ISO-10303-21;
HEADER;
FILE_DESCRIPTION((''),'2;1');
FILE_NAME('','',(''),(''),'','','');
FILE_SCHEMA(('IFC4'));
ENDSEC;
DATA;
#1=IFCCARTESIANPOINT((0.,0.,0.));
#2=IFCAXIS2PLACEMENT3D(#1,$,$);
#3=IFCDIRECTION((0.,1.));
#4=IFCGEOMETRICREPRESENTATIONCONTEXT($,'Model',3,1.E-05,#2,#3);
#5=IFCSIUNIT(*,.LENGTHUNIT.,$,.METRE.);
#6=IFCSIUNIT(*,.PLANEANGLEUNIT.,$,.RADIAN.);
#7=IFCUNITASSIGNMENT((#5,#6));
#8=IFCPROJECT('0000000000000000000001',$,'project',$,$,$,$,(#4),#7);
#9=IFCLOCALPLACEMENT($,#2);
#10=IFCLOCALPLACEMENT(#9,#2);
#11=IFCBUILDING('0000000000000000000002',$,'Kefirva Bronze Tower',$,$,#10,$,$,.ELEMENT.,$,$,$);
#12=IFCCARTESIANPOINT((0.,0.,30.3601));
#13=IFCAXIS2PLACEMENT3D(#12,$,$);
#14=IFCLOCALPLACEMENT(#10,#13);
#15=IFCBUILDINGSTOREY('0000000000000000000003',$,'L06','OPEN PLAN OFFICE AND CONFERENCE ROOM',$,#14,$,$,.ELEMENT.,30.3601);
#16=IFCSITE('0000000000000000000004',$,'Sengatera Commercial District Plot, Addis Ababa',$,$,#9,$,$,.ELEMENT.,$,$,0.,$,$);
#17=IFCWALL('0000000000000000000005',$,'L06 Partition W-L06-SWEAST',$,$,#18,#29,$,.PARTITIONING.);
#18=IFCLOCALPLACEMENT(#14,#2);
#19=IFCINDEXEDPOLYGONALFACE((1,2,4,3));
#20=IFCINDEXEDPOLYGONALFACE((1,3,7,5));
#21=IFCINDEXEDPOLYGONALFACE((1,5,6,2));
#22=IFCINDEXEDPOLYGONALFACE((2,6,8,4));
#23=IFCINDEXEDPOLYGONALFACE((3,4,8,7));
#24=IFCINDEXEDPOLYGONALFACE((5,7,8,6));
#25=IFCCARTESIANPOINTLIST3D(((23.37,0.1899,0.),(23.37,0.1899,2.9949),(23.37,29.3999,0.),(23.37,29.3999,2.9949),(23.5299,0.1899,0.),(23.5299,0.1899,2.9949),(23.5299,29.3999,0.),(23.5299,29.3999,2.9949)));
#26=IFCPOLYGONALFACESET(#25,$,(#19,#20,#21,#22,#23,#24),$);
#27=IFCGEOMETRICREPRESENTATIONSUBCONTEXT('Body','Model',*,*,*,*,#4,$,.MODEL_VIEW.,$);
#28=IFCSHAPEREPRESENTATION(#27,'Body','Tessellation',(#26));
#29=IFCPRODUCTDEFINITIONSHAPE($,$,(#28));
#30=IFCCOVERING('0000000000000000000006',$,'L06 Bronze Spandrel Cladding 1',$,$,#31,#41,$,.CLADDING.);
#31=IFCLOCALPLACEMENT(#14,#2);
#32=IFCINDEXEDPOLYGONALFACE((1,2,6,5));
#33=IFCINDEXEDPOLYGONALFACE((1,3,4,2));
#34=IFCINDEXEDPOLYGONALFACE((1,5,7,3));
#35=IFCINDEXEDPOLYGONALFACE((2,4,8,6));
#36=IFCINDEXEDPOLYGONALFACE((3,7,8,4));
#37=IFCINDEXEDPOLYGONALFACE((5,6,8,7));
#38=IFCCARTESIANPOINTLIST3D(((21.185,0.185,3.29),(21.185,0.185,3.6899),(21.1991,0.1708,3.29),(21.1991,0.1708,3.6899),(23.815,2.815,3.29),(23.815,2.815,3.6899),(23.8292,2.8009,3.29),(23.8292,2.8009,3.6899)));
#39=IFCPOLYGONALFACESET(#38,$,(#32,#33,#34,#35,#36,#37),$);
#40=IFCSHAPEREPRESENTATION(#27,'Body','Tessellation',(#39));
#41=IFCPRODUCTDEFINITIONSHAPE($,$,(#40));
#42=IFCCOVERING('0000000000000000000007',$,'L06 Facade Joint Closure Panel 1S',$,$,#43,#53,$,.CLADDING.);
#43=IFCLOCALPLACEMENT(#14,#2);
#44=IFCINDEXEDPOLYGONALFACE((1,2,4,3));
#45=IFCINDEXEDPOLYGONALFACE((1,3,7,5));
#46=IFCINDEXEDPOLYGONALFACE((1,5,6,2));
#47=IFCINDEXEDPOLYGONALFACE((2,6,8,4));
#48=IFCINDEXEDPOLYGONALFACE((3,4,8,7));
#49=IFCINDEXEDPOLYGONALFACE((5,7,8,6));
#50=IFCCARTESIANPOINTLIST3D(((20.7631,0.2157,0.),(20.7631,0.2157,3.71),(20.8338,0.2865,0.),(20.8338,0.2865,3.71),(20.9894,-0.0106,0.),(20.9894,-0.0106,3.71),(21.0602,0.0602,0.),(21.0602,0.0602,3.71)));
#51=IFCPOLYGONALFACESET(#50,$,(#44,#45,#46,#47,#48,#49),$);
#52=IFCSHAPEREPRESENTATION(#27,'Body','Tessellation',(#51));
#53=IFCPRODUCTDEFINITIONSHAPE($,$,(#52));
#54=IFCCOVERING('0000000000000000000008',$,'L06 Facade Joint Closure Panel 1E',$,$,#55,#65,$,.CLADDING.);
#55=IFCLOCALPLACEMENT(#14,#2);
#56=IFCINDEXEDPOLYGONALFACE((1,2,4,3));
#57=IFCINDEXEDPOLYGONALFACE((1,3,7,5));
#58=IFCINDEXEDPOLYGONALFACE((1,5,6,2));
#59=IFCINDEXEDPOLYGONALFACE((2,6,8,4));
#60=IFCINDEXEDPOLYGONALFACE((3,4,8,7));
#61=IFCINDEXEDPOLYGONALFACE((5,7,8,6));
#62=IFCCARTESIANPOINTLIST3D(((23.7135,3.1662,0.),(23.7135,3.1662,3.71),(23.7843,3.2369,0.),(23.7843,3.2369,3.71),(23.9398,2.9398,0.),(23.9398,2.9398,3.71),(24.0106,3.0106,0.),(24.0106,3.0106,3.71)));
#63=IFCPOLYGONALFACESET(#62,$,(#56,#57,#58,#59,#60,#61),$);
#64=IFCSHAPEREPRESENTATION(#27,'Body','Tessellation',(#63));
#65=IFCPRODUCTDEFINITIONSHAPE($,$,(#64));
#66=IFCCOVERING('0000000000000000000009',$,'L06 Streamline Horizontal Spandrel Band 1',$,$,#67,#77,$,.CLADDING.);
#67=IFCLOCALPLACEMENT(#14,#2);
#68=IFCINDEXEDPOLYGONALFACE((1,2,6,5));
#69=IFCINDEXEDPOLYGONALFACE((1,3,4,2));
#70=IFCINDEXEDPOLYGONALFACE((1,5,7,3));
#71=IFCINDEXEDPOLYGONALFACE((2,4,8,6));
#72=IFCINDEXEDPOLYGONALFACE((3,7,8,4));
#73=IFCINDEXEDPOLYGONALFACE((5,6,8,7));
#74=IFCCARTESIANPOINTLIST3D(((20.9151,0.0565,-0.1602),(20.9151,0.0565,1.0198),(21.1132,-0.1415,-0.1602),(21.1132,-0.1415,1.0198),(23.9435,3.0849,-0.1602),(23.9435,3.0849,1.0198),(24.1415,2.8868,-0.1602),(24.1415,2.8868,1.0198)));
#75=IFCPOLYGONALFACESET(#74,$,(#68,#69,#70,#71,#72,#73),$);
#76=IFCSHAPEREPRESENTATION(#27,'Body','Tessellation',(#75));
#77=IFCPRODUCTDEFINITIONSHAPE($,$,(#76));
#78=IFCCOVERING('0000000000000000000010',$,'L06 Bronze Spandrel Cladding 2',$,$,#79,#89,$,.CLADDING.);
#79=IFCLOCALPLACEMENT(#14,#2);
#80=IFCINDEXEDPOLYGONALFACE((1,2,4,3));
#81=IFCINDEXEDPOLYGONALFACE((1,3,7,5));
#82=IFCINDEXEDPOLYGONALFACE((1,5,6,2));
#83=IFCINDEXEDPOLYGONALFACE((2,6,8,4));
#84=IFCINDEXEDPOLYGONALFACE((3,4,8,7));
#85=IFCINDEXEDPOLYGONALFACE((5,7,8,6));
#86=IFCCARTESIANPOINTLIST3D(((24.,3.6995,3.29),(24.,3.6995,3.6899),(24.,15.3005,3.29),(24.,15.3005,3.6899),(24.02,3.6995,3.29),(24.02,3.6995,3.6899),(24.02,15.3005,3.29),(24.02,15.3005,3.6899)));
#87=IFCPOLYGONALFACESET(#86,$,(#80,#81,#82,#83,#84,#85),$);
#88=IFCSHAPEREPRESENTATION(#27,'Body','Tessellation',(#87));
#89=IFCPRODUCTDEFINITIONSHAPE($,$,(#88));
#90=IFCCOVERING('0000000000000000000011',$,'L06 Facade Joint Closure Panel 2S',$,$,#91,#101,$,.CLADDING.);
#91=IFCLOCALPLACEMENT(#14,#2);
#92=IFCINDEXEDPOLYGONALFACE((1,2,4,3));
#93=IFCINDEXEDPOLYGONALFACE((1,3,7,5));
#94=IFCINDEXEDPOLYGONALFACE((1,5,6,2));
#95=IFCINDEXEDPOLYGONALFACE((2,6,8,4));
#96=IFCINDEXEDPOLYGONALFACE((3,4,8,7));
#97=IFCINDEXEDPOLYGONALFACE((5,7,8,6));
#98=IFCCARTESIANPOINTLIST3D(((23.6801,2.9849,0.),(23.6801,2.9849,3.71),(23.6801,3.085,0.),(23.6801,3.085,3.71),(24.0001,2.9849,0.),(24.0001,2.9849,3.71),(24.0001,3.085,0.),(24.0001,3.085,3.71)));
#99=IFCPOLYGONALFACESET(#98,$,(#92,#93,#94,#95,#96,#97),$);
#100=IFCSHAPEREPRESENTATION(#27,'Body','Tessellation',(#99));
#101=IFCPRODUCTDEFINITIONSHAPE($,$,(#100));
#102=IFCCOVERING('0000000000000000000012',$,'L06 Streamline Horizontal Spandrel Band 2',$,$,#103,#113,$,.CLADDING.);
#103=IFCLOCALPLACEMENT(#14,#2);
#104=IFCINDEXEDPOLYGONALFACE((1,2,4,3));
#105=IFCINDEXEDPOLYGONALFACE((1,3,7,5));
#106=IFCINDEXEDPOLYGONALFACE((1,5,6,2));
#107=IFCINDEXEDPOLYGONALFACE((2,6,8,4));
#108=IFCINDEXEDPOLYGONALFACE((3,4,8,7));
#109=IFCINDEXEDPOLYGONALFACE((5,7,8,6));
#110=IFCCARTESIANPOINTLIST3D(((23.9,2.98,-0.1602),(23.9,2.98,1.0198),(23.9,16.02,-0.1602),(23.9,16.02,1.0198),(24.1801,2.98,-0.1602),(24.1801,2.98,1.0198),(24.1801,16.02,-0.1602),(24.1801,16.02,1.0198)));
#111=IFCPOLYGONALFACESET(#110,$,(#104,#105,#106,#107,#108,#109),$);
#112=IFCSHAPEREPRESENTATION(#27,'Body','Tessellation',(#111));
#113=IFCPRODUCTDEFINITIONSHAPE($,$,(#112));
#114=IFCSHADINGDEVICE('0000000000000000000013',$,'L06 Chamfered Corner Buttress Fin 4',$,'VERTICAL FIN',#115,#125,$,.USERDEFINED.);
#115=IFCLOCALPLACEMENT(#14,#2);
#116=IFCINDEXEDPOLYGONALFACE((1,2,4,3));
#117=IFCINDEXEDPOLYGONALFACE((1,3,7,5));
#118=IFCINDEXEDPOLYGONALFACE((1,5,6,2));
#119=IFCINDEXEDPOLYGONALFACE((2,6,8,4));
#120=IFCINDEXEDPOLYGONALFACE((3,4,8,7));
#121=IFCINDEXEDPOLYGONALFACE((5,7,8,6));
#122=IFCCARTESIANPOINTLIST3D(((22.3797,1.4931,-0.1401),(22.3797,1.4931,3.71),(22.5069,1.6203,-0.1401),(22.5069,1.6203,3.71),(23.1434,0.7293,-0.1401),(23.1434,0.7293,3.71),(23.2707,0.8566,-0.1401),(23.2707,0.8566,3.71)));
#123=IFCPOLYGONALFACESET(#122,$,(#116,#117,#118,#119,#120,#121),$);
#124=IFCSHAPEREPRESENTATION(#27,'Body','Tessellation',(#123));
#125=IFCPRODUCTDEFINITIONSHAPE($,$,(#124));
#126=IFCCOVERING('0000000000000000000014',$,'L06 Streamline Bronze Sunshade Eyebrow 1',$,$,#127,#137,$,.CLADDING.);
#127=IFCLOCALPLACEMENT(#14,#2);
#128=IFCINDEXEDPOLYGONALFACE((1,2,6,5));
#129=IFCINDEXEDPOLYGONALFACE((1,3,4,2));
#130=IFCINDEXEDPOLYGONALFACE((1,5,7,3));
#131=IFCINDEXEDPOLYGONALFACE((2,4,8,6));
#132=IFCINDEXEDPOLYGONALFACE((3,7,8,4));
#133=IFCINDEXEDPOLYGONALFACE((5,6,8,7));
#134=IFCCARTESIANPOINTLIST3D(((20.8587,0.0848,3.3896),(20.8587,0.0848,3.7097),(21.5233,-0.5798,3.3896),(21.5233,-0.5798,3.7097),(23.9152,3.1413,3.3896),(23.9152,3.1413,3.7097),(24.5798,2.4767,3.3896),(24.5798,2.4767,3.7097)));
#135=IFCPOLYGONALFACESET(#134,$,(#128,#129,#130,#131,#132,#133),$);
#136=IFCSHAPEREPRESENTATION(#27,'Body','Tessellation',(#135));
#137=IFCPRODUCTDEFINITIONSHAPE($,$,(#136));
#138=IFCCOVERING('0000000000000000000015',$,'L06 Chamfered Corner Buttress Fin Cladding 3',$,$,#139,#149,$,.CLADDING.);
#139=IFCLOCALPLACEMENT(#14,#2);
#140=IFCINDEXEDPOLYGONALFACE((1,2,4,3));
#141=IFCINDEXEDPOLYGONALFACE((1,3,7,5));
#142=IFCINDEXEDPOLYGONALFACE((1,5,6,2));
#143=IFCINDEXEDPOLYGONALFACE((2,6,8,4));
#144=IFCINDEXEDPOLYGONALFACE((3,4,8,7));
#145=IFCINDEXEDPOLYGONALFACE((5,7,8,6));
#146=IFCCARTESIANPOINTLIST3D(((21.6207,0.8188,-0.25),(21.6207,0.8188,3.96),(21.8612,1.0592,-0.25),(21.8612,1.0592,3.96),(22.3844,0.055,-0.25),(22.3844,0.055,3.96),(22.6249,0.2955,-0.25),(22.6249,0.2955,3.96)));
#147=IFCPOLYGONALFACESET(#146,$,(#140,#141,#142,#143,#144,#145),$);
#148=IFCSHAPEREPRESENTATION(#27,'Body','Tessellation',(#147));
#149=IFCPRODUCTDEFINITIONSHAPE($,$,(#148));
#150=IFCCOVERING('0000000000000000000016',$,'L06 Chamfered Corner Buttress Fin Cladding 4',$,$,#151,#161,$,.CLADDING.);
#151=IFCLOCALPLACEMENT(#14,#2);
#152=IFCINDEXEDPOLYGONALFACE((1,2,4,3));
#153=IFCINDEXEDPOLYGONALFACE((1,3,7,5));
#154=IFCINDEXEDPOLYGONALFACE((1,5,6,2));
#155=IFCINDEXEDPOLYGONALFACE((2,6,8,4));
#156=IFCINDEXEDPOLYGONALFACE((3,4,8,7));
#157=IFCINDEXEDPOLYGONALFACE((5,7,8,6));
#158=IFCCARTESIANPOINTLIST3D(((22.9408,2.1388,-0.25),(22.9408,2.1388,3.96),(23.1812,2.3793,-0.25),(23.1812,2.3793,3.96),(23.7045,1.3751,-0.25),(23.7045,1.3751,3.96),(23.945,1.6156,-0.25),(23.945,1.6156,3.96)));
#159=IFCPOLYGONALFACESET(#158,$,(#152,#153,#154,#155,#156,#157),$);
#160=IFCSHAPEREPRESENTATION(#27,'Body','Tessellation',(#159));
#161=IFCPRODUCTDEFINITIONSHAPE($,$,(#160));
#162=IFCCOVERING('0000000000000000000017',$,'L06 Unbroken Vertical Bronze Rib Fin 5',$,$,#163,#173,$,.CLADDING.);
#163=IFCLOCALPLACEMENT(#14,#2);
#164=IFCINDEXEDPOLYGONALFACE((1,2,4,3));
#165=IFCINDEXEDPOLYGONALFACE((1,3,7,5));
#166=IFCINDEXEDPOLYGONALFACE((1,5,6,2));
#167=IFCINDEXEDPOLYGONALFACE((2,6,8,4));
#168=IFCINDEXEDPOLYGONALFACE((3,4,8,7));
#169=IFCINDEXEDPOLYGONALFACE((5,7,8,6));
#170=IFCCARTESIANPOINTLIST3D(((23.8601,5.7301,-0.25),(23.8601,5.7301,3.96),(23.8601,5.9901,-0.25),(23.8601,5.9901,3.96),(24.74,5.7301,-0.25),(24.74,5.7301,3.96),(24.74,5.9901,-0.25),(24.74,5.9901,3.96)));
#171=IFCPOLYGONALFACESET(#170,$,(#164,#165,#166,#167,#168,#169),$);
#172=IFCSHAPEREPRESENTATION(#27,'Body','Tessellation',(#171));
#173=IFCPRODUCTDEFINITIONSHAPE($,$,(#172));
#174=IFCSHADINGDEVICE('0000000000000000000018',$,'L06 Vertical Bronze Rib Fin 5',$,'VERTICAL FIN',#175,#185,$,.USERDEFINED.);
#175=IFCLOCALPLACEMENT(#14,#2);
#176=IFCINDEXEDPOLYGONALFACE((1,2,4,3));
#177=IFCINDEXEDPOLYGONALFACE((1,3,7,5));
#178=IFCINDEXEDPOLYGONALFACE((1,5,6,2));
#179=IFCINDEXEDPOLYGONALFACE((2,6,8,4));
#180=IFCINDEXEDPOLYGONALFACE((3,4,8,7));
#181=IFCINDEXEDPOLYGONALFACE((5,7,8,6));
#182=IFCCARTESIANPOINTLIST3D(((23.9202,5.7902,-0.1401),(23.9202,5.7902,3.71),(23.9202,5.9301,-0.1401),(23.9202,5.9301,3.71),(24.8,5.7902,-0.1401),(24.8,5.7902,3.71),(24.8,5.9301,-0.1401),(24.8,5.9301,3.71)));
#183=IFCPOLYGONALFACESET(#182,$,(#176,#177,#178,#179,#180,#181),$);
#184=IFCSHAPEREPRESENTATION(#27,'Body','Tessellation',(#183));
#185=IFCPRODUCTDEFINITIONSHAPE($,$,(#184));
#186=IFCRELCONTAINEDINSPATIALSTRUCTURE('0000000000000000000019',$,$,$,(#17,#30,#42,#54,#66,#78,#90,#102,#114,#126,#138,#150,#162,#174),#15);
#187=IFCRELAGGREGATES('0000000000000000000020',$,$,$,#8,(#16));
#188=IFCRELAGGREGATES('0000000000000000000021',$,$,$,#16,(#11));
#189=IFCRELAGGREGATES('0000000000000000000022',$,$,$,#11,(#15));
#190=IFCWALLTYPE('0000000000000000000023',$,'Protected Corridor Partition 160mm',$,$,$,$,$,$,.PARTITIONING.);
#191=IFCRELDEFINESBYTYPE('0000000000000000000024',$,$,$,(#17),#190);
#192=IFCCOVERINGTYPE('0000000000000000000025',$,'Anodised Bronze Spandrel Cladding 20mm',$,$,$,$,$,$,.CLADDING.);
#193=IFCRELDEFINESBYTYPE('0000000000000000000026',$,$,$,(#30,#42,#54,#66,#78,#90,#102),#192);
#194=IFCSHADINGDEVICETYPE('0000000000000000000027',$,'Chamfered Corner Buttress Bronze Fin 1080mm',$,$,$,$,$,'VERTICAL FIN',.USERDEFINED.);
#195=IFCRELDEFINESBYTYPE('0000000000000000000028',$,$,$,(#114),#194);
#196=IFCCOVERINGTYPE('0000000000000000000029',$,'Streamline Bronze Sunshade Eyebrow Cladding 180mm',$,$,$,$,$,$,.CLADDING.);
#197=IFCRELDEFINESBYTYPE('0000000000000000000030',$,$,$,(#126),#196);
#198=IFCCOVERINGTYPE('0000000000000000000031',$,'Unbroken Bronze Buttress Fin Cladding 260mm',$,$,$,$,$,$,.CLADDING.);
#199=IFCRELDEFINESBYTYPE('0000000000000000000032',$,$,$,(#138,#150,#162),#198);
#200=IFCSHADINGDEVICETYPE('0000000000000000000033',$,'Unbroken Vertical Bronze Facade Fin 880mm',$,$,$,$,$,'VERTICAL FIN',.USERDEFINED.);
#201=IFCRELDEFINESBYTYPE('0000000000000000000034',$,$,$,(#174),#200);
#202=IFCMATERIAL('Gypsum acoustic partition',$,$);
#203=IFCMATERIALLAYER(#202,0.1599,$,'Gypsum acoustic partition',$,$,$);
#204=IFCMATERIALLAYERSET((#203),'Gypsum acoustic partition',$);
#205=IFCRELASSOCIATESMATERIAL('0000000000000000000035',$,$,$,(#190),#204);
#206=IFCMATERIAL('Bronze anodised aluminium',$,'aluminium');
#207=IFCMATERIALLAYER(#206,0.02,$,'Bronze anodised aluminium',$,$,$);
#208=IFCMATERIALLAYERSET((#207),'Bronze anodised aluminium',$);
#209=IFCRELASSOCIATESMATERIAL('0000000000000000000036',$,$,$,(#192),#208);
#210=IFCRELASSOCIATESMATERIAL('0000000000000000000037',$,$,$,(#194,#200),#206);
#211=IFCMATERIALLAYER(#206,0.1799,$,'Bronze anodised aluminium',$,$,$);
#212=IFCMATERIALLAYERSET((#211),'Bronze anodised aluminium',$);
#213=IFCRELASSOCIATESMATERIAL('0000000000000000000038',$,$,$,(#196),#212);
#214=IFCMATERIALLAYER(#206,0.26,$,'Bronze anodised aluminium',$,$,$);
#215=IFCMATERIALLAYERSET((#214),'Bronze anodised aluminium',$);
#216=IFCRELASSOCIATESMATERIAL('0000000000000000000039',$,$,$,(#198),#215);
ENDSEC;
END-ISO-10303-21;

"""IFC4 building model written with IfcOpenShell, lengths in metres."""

from ifc_helpers import new_model, si_unit, direction, frame, frame_2d, origin, origin_2d, place, context, subcontext, project, spatial, rectangle, extrude, material, layer, layer_set, material_profile, profile_set, type_object, element, save


model = new_model("IFC4")

# Units and contexts
model_context = context("Model", 3, precision=1e-05, world=origin(), true_north=direction((0.0, 1.0)))
body_context = subcontext(model_context, "Body", "Model", "MODEL_VIEW")
ifc_project = project(units=[si_unit("LENGTHUNIT", "METRE"), si_unit("PLANEANGLEUNIT", "RADIAN")], contexts=[model_context])

# Site, building, storey
site_placement = place(None, origin())
site = spatial("IfcSite", under=ifc_project, at=site_placement, Name="Sengatera Commercial District Plot, Addis Ababa", CompositionType="ELEMENT", RefElevation=0.0)
building_placement = place(site_placement, origin())
building = spatial("IfcBuilding", under=site, at=building_placement, Name="Kefirva Bronze Tower", CompositionType="ELEMENT")
storey_placement = place(building_placement, frame((0.0, 0.0, 30.3601)))
storey = spatial("IfcBuildingStorey", under=building, at=storey_placement, Name="L06", Description="OPEN PLAN OFFICE AND CONFERENCE ROOM", CompositionType="ELEMENT", Elevation=30.3601)

# Shared definitions
ifc_material_1 = material(Name="Bronze anodised aluminium", Category="aluminium")

# Wall
ifc_material_2 = material(Name="Gypsum acoustic partition")
ifc_layer_1 = layer(ifc_material_2, 0.1599, Name="Gypsum acoustic partition")
ifc_layer_set_1 = layer_set([ifc_layer_1], Name="Gypsum acoustic partition")
wall_type_1 = type_object("IfcWallType", Name="Protected Corridor Partition 160mm", PredefinedType="PARTITIONING", material=ifc_layer_set_1)
wall_1_placement = place(storey_placement, frame((23.45, 0.1899, 0.0), z_axis=(0.0, 0.0, 1.0), x_axis=(0.0, 1.0, 0.0)))
element("IfcWall", 1, at=wall_1_placement, inside=storey, type_object=wall_type_1, Name="L06 Partition W-L06-SWEAST", PredefinedType="PARTITIONING", context=body_context, shape_type="SweptSolid", body=[
    extrude(rectangle(XDim=29.21, YDim=0.1599, at=frame_2d((14.605, 0.0))), origin(), (0.0, 0.0, 1.0), 2.9949),
])

# Coverings
ifc_layer_2 = layer(ifc_material_1, 0.02, Name="Bronze anodised aluminium")
ifc_layer_set_2 = layer_set([ifc_layer_2], Name="Bronze anodised aluminium")
covering_type_1 = type_object("IfcCoveringType", Name="Anodised Bronze Spandrel Cladding 20mm", PredefinedType="CLADDING", material=ifc_layer_set_2)
covering_1_placement = place(storey_placement, frame((22.5071, 1.4929, 3.29), z_axis=(0.0, 0.0, 1.0), x_axis=(0.707107, 0.707107, 0.0)))
element("IfcCovering", 2, at=covering_1_placement, inside=storey, type_object=covering_type_1, Name="L06 Bronze Spandrel Cladding 1", PredefinedType="CLADDING", context=body_context, shape_type="SweptSolid", body=[
    extrude(rectangle(XDim=3.7195, YDim=0.02, at=origin_2d()), origin(), (0.0, 0.0, 1.0), 0.3999),
])
for number, where, z_axis, x_axis, name in (
    (3, (20.9116, 0.1379, 0.0), (0.0, 0.0, 1.0), (0.707107, 0.707107, 0.0), "L06 Facade Joint Closure Panel 1S"),
    (4, (23.8621, 3.0884, 0.0), (0.0, 0.0, 1.0), (0.707107, 0.707107, 0.0), "L06 Facade Joint Closure Panel 1E"),
):
    element("IfcCovering", number, at=place(storey_placement, frame(where, z_axis=z_axis, x_axis=x_axis)), inside=storey, type_object=covering_type_1, Name=name, PredefinedType="CLADDING", context=body_context, shape_type="SweptSolid", body=[
        extrude(rectangle(XDim=0.1001, YDim=0.3201, at=origin_2d()), origin(), (0.0, 0.0, 1.0), 3.71),
    ])
covering_2_placement = place(storey_placement, frame((22.5283, 1.4717, -0.1602), z_axis=(0.0, 0.0, 1.0), x_axis=(0.707107, 0.707107, 0.0)))
element("IfcCovering", 5, at=covering_2_placement, inside=storey, type_object=covering_type_1, Name="L06 Streamline Horizontal Spandrel Band 1", PredefinedType="CLADDING", context=body_context, shape_type="SweptSolid", body=[
    extrude(rectangle(XDim=4.2827, YDim=0.28, at=origin_2d()), origin(), (0.0, 0.0, 1.0), 1.1799),
])
covering_3_placement = place(storey_placement, frame((24.01, 9.5, 3.29), z_axis=(0.0, 0.0, 1.0), x_axis=(0.0, 1.0, 0.0)))
element("IfcCovering", 6, at=covering_3_placement, inside=storey, type_object=covering_type_1, Name="L06 Bronze Spandrel Cladding 2", PredefinedType="CLADDING", context=body_context, shape_type="SweptSolid", body=[
    extrude(rectangle(XDim=11.6011, YDim=0.02, at=origin_2d()), origin(), (0.0, 0.0, 1.0), 0.3999),
])
covering_4_placement = place(storey_placement, frame((23.8401, 3.0349, 0.0), z_axis=(0.0, 0.0, 1.0), x_axis=(0.0, 1.0, 0.0)))
element("IfcCovering", 7, at=covering_4_placement, inside=storey, type_object=covering_type_1, Name="L06 Facade Joint Closure Panel 2S", PredefinedType="CLADDING", context=body_context, shape_type="SweptSolid", body=[
    extrude(rectangle(XDim=0.1001, YDim=0.3201, at=origin_2d()), origin(), (0.0, 0.0, 1.0), 3.71),
])
covering_5_placement = place(storey_placement, frame((24.04, 9.5, -0.1602), z_axis=(0.0, 0.0, 1.0), x_axis=(0.0, 1.0, 0.0)))
element("IfcCovering", 8, at=covering_5_placement, inside=storey, type_object=covering_type_1, Name="L06 Streamline Horizontal Spandrel Band 2", PredefinedType="CLADDING", context=body_context, shape_type="SweptSolid", body=[
    extrude(rectangle(XDim=13.04, YDim=0.28, at=origin_2d()), origin(), (0.0, 0.0, 1.0), 1.1799),
])

# Shading device
ifc_material_profile_1 = material_profile(ifc_material_1, rectangle(XDim=0.1799, YDim=1.0801, at=origin_2d()), Name="BRONZE BUTTRESS FIN 180x1080")
ifc_profile_set_1 = profile_set([ifc_material_profile_1], Name="Bronze anodised aluminium")
shading_device_type_1 = type_object("IfcShadingDeviceType", Name="Chamfered Corner Buttress Bronze Fin 1080mm", ElementType="VERTICAL FIN", PredefinedType="USERDEFINED", material=ifc_profile_set_1)
shading_device_1_placement = place(storey_placement, frame((22.8252, 1.1748, -0.1401), z_axis=(0.0, 0.0, 1.0), x_axis=(0.707107, 0.707107, 0.0)))
element("IfcShadingDevice", 9, at=shading_device_1_placement, inside=storey, type_object=shading_device_type_1, Name="L06 Chamfered Corner Buttress Fin 4", ObjectType="VERTICAL FIN", PredefinedType="USERDEFINED", context=body_context, shape_type="SweptSolid", body=[
    extrude(rectangle(XDim=0.1799, YDim=1.0801, at=origin_2d()), origin(), (0.0, 0.0, 1.0), 3.8501),
])

# Coverings
ifc_layer_3 = layer(ifc_material_1, 0.1799, Name="Bronze anodised aluminium")
ifc_layer_set_3 = layer_set([ifc_layer_3], Name="Bronze anodised aluminium")
covering_type_2 = type_object("IfcCoveringType", Name="Streamline Bronze Sunshade Eyebrow Cladding 180mm", PredefinedType="CLADDING", material=ifc_layer_set_3)
covering_6_placement = place(storey_placement, frame((22.7192, 1.2808, 3.3896), z_axis=(0.0, 0.0, 1.0), x_axis=(0.707107, 0.707107, 0.0)))
element("IfcCovering", 10, at=covering_6_placement, inside=storey, type_object=covering_type_2, Name="L06 Streamline Bronze Sunshade Eyebrow 1", PredefinedType="CLADDING", context=body_context, shape_type="SweptSolid", body=[
    extrude(rectangle(XDim=4.3225, YDim=0.9399, at=origin_2d()), origin(), (0.0, 0.0, 1.0), 0.3201),
])
ifc_layer_4 = layer(ifc_material_1, 0.26, Name="Bronze anodised aluminium")
ifc_layer_set_4 = layer_set([ifc_layer_4], Name="Bronze anodised aluminium")
covering_type_3 = type_object("IfcCoveringType", Name="Unbroken Bronze Buttress Fin Cladding 260mm", PredefinedType="CLADDING", material=ifc_layer_set_4)
for number, where, z_axis, x_axis, name in (
    (11, (22.1228, 0.5571, -0.25), (0.0, 0.0, 1.0), (0.707107, 0.707107, 0.0), "L06 Chamfered Corner Buttress Fin Cladding 3"),
    (12, (23.4429, 1.8772, -0.25), (0.0, 0.0, 1.0), (0.707107, 0.707107, 0.0), "L06 Chamfered Corner Buttress Fin Cladding 4"),
):
    element("IfcCovering", number, at=place(storey_placement, frame(where, z_axis=z_axis, x_axis=x_axis)), inside=storey, type_object=covering_type_3, Name=name, PredefinedType="CLADDING", context=body_context, shape_type="SweptSolid", body=[
        extrude(rectangle(XDim=0.3401, YDim=1.0801, at=origin_2d()), origin(), (0.0, 0.0, 1.0), 4.21),
    ])
covering_7_placement = place(storey_placement, frame((24.3, 5.8601, -0.25), z_axis=(0.0, 0.0, 1.0), x_axis=(0.0, 1.0, 0.0)))
element("IfcCovering", 13, at=covering_7_placement, inside=storey, type_object=covering_type_3, Name="L06 Unbroken Vertical Bronze Rib Fin 5", PredefinedType="CLADDING", context=body_context, shape_type="SweptSolid", body=[
    extrude(rectangle(XDim=0.26, YDim=0.8799, at=origin_2d()), origin(), (0.0, 0.0, 1.0), 4.21),
])

# Shading device
ifc_material_profile_2 = material_profile(ifc_material_1, rectangle(XDim=0.1399, YDim=0.8799, at=origin_2d()), Name="BRONZE FIN 140x880")
ifc_profile_set_2 = profile_set([ifc_material_profile_2], Name="Bronze anodised aluminium")
shading_device_type_2 = type_object("IfcShadingDeviceType", Name="Unbroken Vertical Bronze Facade Fin 880mm", ElementType="VERTICAL FIN", PredefinedType="USERDEFINED", material=ifc_profile_set_2)
shading_device_2_placement = place(storey_placement, frame((24.3601, 5.8601, -0.1401), z_axis=(0.0, 0.0, 1.0), x_axis=(0.0, 1.0, 0.0)))
element("IfcShadingDevice", 14, at=shading_device_2_placement, inside=storey, type_object=shading_device_type_2, Name="L06 Vertical Bronze Rib Fin 5", ObjectType="VERTICAL FIN", PredefinedType="USERDEFINED", context=body_context, shape_type="SweptSolid", body=[
    extrude(rectangle(XDim=0.1399, YDim=0.8799, at=origin_2d()), origin(), (0.0, 0.0, 1.0), 3.8501),
])

save(model, "model.ifc")
